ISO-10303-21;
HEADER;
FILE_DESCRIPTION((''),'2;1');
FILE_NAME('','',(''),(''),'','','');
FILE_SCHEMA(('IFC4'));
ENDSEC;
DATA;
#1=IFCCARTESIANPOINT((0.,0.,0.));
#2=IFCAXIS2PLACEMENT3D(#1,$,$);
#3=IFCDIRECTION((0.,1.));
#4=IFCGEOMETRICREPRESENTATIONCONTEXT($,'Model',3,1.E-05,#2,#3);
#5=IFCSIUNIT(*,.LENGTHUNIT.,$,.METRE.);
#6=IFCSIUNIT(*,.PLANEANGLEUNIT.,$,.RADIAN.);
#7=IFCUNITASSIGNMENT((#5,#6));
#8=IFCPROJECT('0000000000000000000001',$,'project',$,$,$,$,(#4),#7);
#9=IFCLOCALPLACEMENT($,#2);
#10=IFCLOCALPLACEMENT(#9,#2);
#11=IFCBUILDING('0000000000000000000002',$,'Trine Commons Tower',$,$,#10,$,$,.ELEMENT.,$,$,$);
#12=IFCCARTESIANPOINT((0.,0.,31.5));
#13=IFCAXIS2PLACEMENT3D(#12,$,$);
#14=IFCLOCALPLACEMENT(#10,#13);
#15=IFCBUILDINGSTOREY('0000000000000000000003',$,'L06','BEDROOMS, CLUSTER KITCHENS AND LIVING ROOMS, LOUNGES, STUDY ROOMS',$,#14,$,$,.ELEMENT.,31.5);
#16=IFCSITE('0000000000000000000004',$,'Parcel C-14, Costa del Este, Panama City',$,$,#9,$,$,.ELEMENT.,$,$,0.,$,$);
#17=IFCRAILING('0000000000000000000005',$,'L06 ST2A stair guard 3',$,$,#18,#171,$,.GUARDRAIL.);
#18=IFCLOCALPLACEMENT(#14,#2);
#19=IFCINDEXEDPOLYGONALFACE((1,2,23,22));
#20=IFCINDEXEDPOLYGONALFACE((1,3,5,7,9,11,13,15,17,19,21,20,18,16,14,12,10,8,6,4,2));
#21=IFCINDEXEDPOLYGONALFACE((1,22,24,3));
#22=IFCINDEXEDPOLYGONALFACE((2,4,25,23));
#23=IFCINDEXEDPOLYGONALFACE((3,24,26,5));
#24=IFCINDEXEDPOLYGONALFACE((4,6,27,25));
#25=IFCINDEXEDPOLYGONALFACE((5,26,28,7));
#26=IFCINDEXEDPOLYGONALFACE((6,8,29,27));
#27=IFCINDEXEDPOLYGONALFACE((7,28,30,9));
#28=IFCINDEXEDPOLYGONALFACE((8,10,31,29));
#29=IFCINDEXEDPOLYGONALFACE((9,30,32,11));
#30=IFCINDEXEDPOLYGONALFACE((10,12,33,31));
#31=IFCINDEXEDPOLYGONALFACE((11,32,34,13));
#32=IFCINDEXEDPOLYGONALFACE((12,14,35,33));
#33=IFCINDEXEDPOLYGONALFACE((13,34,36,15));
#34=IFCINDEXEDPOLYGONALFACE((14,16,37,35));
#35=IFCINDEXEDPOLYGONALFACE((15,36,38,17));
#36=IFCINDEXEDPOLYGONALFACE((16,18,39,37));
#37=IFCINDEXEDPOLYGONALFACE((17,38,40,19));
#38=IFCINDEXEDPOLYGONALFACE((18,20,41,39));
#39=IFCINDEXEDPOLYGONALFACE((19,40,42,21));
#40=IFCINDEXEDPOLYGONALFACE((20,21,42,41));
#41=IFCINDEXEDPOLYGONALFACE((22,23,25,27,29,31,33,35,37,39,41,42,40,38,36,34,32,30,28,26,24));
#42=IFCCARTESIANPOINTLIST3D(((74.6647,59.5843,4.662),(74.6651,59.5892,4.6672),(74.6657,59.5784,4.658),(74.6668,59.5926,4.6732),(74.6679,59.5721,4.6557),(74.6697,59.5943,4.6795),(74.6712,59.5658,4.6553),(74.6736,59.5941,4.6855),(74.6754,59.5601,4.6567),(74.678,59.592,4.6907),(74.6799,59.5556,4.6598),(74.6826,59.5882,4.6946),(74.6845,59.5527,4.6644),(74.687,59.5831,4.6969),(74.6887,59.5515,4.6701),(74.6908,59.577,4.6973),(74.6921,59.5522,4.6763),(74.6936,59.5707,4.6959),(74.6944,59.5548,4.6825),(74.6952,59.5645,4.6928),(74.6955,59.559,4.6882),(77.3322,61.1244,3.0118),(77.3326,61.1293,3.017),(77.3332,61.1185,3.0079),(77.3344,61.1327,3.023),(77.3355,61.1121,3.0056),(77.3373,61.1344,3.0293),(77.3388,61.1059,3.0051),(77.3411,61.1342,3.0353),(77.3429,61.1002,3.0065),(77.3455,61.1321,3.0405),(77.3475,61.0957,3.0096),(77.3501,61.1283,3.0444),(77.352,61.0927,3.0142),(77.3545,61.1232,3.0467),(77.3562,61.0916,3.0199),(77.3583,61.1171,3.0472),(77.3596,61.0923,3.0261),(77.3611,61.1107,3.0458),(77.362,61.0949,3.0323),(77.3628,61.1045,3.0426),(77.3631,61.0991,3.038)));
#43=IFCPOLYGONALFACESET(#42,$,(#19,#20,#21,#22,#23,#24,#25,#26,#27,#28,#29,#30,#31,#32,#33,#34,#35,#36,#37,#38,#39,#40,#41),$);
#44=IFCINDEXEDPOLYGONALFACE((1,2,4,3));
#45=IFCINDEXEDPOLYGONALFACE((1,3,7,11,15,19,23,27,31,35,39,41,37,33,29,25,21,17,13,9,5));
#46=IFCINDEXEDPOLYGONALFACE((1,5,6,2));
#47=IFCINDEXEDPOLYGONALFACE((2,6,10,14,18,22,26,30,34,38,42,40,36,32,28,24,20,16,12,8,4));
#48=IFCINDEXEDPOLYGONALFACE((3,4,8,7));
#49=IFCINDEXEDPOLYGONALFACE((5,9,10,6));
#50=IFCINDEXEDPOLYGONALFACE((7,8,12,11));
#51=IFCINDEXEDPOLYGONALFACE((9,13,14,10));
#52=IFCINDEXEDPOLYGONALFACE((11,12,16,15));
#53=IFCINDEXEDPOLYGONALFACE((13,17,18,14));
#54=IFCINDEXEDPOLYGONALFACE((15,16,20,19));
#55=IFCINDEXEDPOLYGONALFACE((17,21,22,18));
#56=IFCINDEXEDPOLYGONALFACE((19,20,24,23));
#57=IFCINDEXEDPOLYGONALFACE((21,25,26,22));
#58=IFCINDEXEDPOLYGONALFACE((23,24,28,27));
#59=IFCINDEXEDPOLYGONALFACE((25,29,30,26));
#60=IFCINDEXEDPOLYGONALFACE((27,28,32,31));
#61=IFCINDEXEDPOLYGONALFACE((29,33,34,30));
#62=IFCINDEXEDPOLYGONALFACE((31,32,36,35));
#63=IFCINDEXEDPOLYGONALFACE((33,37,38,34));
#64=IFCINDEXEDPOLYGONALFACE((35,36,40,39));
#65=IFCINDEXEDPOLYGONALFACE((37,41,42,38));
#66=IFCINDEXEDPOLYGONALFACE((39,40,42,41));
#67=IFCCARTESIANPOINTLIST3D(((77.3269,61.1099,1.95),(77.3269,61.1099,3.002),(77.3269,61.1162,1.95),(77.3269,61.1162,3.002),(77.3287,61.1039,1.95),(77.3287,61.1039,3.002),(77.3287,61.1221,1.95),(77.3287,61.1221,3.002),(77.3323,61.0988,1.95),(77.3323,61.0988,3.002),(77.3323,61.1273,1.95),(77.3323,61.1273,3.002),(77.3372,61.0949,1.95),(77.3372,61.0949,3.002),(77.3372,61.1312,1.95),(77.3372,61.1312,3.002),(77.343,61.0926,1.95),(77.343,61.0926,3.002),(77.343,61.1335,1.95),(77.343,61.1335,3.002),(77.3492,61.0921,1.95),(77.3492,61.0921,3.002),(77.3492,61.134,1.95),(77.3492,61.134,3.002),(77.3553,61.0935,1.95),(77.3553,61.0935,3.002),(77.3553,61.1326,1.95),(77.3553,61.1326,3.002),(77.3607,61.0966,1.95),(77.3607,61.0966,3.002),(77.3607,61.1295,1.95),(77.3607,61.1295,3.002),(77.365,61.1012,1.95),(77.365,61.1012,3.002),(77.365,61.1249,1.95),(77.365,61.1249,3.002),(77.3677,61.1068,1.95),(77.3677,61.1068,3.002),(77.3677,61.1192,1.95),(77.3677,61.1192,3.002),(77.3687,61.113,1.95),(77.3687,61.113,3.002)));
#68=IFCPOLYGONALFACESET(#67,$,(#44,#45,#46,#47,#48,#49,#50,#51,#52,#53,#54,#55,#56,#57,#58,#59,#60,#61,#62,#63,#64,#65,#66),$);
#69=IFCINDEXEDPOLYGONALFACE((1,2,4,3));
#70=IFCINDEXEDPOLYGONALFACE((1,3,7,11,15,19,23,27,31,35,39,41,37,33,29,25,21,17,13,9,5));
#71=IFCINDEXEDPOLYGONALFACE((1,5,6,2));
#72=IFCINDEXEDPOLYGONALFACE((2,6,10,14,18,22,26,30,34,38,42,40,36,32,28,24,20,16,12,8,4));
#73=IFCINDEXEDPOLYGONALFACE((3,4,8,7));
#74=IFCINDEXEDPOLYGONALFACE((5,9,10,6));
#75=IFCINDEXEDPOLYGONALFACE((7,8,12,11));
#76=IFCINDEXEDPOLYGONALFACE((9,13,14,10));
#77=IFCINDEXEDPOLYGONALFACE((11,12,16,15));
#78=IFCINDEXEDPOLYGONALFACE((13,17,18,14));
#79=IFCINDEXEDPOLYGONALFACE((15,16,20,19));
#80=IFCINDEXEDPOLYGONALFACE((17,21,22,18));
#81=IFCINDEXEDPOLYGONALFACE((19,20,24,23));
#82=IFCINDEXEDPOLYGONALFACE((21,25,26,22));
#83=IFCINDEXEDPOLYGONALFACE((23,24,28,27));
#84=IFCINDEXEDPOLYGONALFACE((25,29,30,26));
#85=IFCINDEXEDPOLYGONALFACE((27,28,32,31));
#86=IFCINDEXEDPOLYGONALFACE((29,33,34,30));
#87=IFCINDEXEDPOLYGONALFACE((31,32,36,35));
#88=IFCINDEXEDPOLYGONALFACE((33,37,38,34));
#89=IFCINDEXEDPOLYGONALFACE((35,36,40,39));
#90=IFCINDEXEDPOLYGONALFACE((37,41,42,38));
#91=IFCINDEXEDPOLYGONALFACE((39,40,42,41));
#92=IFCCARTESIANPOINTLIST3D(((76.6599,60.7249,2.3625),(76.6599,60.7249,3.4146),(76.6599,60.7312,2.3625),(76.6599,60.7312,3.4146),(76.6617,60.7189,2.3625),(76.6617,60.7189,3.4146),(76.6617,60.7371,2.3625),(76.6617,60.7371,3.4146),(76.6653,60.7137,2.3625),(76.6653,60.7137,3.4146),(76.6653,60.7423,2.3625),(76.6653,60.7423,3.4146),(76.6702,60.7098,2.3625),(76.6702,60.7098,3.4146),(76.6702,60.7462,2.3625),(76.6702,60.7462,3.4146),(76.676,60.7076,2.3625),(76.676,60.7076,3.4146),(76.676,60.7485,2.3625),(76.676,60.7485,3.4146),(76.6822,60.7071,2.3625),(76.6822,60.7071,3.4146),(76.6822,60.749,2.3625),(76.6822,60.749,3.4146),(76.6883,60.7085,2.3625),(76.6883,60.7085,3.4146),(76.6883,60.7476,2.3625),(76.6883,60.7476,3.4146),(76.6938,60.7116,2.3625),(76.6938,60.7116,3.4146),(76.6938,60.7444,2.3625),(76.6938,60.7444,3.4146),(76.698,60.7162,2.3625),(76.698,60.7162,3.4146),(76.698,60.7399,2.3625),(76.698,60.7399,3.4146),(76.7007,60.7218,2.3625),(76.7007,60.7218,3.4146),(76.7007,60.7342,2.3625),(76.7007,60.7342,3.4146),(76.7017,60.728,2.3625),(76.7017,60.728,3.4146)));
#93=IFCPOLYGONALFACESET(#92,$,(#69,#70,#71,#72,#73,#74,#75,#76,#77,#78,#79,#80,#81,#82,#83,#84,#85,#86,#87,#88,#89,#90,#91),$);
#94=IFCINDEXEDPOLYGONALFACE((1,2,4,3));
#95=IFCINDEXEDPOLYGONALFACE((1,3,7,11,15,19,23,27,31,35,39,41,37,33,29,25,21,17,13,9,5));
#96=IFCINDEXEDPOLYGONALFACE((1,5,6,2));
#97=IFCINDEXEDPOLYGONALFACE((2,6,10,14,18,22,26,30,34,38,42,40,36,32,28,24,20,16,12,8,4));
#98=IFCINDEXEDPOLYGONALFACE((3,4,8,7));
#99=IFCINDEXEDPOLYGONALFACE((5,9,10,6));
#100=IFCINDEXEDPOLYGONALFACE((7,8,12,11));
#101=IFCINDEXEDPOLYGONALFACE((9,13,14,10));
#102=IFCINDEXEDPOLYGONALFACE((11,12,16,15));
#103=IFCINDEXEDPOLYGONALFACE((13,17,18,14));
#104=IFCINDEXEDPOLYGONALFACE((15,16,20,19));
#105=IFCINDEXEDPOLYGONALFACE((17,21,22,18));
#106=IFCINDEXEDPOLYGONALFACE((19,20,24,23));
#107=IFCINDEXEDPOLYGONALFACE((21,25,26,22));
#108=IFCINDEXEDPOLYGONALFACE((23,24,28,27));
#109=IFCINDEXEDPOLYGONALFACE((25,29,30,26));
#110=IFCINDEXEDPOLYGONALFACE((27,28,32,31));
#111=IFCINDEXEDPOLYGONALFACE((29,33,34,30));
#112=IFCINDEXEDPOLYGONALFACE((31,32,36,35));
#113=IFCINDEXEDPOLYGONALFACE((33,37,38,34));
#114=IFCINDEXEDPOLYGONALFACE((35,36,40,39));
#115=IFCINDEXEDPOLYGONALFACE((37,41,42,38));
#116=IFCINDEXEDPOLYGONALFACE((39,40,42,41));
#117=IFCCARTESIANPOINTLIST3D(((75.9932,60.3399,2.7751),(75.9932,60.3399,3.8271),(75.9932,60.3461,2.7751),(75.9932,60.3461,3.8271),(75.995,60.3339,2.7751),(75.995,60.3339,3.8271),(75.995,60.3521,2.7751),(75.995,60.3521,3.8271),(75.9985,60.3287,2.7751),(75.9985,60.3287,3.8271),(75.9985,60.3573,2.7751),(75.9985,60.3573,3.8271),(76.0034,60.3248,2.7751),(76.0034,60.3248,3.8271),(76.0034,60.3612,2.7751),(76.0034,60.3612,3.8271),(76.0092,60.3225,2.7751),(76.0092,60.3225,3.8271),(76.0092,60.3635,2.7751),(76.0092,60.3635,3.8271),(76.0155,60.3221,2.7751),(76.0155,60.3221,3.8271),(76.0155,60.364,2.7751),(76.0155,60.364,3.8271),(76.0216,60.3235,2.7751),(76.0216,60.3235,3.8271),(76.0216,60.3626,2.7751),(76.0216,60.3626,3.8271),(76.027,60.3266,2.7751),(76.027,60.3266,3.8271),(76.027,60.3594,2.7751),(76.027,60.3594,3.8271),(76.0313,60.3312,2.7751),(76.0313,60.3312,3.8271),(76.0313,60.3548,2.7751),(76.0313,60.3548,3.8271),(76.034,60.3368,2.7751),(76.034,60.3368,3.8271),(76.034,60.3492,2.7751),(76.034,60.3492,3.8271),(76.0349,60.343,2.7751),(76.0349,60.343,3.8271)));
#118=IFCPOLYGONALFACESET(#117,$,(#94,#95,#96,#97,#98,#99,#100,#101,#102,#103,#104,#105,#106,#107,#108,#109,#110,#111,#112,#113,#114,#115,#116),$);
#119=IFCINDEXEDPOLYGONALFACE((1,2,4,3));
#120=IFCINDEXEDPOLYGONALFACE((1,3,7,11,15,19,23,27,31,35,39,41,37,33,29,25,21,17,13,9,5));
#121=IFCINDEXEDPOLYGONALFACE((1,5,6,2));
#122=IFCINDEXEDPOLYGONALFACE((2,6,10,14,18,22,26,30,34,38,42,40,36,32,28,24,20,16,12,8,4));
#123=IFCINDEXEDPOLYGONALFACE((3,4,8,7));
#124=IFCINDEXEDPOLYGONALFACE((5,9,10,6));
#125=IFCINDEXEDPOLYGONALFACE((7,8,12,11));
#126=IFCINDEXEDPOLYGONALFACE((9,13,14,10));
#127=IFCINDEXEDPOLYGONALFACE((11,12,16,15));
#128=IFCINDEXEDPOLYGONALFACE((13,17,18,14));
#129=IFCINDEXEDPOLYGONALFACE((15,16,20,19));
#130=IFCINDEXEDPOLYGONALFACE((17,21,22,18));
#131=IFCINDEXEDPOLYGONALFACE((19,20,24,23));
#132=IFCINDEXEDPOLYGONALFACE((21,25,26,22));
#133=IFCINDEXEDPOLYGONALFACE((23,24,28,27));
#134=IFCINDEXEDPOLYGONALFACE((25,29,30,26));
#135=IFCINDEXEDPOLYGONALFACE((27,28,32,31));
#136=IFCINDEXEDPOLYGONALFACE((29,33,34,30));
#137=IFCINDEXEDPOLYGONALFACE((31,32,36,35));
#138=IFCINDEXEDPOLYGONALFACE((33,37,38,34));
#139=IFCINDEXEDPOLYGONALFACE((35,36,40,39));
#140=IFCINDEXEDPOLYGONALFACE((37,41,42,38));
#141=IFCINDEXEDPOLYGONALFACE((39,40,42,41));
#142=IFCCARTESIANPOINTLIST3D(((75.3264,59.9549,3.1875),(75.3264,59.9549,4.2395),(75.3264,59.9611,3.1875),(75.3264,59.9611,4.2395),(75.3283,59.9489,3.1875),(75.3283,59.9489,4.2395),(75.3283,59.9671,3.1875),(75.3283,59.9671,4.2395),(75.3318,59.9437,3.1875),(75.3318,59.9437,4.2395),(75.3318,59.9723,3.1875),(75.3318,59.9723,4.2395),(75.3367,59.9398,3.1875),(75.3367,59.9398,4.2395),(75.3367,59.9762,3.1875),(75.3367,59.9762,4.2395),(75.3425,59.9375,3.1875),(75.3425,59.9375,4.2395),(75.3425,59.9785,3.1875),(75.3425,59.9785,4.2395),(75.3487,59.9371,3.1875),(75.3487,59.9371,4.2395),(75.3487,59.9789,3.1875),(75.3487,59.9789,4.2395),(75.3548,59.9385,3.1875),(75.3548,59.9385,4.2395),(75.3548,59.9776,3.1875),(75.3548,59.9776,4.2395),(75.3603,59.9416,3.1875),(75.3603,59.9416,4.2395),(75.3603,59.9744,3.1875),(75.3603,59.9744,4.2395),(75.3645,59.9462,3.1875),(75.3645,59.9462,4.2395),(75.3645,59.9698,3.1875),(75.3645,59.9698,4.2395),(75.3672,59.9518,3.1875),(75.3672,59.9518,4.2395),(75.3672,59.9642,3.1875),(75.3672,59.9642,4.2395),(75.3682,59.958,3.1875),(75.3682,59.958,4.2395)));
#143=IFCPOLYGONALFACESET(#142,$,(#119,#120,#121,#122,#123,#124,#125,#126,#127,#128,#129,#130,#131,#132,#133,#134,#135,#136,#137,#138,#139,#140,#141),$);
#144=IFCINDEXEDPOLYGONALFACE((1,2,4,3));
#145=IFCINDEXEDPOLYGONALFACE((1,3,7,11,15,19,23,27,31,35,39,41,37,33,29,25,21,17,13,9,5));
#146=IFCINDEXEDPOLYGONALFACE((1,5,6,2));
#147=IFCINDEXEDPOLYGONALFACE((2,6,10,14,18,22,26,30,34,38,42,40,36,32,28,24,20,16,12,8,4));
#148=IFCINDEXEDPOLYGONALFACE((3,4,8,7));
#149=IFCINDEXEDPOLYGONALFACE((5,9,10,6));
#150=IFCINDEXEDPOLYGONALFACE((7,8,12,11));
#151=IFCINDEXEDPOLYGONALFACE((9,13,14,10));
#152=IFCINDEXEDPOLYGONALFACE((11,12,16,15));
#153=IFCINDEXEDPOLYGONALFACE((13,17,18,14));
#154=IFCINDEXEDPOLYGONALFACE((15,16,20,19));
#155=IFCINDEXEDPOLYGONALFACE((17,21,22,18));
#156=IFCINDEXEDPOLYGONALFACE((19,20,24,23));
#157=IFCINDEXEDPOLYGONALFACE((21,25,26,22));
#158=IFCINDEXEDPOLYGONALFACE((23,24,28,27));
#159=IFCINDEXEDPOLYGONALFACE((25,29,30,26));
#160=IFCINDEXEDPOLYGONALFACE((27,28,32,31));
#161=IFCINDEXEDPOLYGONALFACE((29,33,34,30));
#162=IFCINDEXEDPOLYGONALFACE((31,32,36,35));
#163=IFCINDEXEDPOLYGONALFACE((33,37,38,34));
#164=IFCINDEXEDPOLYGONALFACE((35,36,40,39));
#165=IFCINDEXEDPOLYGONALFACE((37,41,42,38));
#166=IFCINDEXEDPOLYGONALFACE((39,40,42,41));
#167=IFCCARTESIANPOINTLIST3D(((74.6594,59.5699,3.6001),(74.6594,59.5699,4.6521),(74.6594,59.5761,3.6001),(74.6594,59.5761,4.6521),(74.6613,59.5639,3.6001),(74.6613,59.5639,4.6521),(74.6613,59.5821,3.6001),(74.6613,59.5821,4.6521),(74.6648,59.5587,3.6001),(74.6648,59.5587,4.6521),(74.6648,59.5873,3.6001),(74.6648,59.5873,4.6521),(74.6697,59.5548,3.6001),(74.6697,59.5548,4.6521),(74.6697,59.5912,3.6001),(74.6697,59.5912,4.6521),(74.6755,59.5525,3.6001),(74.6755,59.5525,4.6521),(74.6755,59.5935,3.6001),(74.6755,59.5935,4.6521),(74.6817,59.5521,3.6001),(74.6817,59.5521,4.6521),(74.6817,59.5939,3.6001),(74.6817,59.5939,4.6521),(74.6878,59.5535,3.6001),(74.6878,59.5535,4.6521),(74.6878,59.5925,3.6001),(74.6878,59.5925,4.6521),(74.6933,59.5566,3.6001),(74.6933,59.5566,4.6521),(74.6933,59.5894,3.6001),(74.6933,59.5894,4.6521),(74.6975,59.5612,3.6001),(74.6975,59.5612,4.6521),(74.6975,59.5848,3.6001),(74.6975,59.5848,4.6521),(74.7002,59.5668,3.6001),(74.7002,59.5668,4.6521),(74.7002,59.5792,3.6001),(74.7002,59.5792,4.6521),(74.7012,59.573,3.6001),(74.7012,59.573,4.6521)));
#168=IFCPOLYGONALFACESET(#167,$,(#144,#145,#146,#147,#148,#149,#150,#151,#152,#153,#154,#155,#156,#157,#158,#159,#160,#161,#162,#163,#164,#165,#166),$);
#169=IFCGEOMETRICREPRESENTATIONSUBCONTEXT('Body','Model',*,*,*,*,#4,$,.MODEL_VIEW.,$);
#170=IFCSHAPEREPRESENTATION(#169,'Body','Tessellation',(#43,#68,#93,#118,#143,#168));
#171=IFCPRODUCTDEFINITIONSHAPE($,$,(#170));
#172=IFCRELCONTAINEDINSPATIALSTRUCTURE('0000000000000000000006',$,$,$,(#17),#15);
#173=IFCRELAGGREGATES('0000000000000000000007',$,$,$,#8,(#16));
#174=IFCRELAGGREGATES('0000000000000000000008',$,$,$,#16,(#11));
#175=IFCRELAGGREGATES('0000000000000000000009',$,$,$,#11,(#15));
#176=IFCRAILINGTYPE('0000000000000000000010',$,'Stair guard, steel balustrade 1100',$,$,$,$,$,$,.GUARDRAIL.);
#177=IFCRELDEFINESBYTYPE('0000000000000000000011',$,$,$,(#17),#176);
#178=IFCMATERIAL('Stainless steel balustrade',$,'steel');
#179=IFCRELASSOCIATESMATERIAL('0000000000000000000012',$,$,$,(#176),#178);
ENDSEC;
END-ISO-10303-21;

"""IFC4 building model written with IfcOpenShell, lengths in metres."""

from ifc_helpers import new_model, si_unit, direction, frame, origin, origin_2d, place, context, subcontext, project, spatial, circle, extrude, material, type_object, element, save


model = new_model("IFC4")

# Units and contexts
model_context = context("Model", 3, precision=1e-05, world=origin(), true_north=direction((0.0, 1.0)))
body_context = subcontext(model_context, "Body", "Model", "MODEL_VIEW")
ifc_project = project(units=[si_unit("LENGTHUNIT", "METRE"), si_unit("PLANEANGLEUNIT", "RADIAN")], contexts=[model_context])

# Site, building, storey
site_placement = place(None, origin())
site = spatial("IfcSite", under=ifc_project, at=site_placement, Name="Parcel C-14, Costa del Este, Panama City", CompositionType="ELEMENT", RefElevation=0.0)
building_placement = place(site_placement, origin())
building = spatial("IfcBuilding", under=site, at=building_placement, Name="Trine Commons Tower", CompositionType="ELEMENT")
storey_placement = place(building_placement, frame((0.0, 0.0, 31.5)))
storey = spatial("IfcBuildingStorey", under=building, at=storey_placement, Name="L06", Description="BEDROOMS, CLUSTER KITCHENS AND LIVING ROOMS, LOUNGES, STUDY ROOMS", CompositionType="ELEMENT", Elevation=31.5)

# Railing
ifc_material_1 = material(Name="Stainless steel balustrade", Category="steel")
railing_type_1 = type_object("IfcRailingType", Name="Stair guard, steel balustrade 1100", PredefinedType="GUARDRAIL", material=ifc_material_1)
railing_1_placement = place(storey_placement, frame((77.3477, 61.113, 1.95)))
element("IfcRailing", 1, at=railing_1_placement, inside=storey, type_object=railing_type_1, Name="L06 ST2A stair guard 3", PredefinedType="GUARDRAIL", context=body_context, shape_type="SweptSolid", body=[
    extrude(circle(Radius=0.0239, at=origin_2d()), frame((0.0, 0.0, 1.0762), z_axis=(-0.76338, -0.440728, 0.472239), x_axis=(0.499992, -0.86603, 0.0)), (0.0, 0.0, 1.0), 3.4944),
    extrude(circle(Radius=0.021, at=origin_2d()), origin(), (0.0, 0.0, 1.0), 1.052),
    extrude(circle(Radius=0.021, at=origin_2d()), frame((-0.667, -0.385, 0.4126)), (0.0, 0.0, 1.0), 1.052),
    extrude(circle(Radius=0.021, at=origin_2d()), frame((-1.3337, -0.77, 0.8252)), (0.0, 0.0, 1.0), 1.052),
    extrude(circle(Radius=0.021, at=origin_2d()), frame((-2.0005, -1.155, 1.2375)), (0.0, 0.0, 1.0), 1.052),
    extrude(circle(Radius=0.021, at=origin_2d()), frame((-2.6675, -1.54, 1.6501)), (0.0, 0.0, 1.0), 1.052),
])

save(model, "model.ifc")
